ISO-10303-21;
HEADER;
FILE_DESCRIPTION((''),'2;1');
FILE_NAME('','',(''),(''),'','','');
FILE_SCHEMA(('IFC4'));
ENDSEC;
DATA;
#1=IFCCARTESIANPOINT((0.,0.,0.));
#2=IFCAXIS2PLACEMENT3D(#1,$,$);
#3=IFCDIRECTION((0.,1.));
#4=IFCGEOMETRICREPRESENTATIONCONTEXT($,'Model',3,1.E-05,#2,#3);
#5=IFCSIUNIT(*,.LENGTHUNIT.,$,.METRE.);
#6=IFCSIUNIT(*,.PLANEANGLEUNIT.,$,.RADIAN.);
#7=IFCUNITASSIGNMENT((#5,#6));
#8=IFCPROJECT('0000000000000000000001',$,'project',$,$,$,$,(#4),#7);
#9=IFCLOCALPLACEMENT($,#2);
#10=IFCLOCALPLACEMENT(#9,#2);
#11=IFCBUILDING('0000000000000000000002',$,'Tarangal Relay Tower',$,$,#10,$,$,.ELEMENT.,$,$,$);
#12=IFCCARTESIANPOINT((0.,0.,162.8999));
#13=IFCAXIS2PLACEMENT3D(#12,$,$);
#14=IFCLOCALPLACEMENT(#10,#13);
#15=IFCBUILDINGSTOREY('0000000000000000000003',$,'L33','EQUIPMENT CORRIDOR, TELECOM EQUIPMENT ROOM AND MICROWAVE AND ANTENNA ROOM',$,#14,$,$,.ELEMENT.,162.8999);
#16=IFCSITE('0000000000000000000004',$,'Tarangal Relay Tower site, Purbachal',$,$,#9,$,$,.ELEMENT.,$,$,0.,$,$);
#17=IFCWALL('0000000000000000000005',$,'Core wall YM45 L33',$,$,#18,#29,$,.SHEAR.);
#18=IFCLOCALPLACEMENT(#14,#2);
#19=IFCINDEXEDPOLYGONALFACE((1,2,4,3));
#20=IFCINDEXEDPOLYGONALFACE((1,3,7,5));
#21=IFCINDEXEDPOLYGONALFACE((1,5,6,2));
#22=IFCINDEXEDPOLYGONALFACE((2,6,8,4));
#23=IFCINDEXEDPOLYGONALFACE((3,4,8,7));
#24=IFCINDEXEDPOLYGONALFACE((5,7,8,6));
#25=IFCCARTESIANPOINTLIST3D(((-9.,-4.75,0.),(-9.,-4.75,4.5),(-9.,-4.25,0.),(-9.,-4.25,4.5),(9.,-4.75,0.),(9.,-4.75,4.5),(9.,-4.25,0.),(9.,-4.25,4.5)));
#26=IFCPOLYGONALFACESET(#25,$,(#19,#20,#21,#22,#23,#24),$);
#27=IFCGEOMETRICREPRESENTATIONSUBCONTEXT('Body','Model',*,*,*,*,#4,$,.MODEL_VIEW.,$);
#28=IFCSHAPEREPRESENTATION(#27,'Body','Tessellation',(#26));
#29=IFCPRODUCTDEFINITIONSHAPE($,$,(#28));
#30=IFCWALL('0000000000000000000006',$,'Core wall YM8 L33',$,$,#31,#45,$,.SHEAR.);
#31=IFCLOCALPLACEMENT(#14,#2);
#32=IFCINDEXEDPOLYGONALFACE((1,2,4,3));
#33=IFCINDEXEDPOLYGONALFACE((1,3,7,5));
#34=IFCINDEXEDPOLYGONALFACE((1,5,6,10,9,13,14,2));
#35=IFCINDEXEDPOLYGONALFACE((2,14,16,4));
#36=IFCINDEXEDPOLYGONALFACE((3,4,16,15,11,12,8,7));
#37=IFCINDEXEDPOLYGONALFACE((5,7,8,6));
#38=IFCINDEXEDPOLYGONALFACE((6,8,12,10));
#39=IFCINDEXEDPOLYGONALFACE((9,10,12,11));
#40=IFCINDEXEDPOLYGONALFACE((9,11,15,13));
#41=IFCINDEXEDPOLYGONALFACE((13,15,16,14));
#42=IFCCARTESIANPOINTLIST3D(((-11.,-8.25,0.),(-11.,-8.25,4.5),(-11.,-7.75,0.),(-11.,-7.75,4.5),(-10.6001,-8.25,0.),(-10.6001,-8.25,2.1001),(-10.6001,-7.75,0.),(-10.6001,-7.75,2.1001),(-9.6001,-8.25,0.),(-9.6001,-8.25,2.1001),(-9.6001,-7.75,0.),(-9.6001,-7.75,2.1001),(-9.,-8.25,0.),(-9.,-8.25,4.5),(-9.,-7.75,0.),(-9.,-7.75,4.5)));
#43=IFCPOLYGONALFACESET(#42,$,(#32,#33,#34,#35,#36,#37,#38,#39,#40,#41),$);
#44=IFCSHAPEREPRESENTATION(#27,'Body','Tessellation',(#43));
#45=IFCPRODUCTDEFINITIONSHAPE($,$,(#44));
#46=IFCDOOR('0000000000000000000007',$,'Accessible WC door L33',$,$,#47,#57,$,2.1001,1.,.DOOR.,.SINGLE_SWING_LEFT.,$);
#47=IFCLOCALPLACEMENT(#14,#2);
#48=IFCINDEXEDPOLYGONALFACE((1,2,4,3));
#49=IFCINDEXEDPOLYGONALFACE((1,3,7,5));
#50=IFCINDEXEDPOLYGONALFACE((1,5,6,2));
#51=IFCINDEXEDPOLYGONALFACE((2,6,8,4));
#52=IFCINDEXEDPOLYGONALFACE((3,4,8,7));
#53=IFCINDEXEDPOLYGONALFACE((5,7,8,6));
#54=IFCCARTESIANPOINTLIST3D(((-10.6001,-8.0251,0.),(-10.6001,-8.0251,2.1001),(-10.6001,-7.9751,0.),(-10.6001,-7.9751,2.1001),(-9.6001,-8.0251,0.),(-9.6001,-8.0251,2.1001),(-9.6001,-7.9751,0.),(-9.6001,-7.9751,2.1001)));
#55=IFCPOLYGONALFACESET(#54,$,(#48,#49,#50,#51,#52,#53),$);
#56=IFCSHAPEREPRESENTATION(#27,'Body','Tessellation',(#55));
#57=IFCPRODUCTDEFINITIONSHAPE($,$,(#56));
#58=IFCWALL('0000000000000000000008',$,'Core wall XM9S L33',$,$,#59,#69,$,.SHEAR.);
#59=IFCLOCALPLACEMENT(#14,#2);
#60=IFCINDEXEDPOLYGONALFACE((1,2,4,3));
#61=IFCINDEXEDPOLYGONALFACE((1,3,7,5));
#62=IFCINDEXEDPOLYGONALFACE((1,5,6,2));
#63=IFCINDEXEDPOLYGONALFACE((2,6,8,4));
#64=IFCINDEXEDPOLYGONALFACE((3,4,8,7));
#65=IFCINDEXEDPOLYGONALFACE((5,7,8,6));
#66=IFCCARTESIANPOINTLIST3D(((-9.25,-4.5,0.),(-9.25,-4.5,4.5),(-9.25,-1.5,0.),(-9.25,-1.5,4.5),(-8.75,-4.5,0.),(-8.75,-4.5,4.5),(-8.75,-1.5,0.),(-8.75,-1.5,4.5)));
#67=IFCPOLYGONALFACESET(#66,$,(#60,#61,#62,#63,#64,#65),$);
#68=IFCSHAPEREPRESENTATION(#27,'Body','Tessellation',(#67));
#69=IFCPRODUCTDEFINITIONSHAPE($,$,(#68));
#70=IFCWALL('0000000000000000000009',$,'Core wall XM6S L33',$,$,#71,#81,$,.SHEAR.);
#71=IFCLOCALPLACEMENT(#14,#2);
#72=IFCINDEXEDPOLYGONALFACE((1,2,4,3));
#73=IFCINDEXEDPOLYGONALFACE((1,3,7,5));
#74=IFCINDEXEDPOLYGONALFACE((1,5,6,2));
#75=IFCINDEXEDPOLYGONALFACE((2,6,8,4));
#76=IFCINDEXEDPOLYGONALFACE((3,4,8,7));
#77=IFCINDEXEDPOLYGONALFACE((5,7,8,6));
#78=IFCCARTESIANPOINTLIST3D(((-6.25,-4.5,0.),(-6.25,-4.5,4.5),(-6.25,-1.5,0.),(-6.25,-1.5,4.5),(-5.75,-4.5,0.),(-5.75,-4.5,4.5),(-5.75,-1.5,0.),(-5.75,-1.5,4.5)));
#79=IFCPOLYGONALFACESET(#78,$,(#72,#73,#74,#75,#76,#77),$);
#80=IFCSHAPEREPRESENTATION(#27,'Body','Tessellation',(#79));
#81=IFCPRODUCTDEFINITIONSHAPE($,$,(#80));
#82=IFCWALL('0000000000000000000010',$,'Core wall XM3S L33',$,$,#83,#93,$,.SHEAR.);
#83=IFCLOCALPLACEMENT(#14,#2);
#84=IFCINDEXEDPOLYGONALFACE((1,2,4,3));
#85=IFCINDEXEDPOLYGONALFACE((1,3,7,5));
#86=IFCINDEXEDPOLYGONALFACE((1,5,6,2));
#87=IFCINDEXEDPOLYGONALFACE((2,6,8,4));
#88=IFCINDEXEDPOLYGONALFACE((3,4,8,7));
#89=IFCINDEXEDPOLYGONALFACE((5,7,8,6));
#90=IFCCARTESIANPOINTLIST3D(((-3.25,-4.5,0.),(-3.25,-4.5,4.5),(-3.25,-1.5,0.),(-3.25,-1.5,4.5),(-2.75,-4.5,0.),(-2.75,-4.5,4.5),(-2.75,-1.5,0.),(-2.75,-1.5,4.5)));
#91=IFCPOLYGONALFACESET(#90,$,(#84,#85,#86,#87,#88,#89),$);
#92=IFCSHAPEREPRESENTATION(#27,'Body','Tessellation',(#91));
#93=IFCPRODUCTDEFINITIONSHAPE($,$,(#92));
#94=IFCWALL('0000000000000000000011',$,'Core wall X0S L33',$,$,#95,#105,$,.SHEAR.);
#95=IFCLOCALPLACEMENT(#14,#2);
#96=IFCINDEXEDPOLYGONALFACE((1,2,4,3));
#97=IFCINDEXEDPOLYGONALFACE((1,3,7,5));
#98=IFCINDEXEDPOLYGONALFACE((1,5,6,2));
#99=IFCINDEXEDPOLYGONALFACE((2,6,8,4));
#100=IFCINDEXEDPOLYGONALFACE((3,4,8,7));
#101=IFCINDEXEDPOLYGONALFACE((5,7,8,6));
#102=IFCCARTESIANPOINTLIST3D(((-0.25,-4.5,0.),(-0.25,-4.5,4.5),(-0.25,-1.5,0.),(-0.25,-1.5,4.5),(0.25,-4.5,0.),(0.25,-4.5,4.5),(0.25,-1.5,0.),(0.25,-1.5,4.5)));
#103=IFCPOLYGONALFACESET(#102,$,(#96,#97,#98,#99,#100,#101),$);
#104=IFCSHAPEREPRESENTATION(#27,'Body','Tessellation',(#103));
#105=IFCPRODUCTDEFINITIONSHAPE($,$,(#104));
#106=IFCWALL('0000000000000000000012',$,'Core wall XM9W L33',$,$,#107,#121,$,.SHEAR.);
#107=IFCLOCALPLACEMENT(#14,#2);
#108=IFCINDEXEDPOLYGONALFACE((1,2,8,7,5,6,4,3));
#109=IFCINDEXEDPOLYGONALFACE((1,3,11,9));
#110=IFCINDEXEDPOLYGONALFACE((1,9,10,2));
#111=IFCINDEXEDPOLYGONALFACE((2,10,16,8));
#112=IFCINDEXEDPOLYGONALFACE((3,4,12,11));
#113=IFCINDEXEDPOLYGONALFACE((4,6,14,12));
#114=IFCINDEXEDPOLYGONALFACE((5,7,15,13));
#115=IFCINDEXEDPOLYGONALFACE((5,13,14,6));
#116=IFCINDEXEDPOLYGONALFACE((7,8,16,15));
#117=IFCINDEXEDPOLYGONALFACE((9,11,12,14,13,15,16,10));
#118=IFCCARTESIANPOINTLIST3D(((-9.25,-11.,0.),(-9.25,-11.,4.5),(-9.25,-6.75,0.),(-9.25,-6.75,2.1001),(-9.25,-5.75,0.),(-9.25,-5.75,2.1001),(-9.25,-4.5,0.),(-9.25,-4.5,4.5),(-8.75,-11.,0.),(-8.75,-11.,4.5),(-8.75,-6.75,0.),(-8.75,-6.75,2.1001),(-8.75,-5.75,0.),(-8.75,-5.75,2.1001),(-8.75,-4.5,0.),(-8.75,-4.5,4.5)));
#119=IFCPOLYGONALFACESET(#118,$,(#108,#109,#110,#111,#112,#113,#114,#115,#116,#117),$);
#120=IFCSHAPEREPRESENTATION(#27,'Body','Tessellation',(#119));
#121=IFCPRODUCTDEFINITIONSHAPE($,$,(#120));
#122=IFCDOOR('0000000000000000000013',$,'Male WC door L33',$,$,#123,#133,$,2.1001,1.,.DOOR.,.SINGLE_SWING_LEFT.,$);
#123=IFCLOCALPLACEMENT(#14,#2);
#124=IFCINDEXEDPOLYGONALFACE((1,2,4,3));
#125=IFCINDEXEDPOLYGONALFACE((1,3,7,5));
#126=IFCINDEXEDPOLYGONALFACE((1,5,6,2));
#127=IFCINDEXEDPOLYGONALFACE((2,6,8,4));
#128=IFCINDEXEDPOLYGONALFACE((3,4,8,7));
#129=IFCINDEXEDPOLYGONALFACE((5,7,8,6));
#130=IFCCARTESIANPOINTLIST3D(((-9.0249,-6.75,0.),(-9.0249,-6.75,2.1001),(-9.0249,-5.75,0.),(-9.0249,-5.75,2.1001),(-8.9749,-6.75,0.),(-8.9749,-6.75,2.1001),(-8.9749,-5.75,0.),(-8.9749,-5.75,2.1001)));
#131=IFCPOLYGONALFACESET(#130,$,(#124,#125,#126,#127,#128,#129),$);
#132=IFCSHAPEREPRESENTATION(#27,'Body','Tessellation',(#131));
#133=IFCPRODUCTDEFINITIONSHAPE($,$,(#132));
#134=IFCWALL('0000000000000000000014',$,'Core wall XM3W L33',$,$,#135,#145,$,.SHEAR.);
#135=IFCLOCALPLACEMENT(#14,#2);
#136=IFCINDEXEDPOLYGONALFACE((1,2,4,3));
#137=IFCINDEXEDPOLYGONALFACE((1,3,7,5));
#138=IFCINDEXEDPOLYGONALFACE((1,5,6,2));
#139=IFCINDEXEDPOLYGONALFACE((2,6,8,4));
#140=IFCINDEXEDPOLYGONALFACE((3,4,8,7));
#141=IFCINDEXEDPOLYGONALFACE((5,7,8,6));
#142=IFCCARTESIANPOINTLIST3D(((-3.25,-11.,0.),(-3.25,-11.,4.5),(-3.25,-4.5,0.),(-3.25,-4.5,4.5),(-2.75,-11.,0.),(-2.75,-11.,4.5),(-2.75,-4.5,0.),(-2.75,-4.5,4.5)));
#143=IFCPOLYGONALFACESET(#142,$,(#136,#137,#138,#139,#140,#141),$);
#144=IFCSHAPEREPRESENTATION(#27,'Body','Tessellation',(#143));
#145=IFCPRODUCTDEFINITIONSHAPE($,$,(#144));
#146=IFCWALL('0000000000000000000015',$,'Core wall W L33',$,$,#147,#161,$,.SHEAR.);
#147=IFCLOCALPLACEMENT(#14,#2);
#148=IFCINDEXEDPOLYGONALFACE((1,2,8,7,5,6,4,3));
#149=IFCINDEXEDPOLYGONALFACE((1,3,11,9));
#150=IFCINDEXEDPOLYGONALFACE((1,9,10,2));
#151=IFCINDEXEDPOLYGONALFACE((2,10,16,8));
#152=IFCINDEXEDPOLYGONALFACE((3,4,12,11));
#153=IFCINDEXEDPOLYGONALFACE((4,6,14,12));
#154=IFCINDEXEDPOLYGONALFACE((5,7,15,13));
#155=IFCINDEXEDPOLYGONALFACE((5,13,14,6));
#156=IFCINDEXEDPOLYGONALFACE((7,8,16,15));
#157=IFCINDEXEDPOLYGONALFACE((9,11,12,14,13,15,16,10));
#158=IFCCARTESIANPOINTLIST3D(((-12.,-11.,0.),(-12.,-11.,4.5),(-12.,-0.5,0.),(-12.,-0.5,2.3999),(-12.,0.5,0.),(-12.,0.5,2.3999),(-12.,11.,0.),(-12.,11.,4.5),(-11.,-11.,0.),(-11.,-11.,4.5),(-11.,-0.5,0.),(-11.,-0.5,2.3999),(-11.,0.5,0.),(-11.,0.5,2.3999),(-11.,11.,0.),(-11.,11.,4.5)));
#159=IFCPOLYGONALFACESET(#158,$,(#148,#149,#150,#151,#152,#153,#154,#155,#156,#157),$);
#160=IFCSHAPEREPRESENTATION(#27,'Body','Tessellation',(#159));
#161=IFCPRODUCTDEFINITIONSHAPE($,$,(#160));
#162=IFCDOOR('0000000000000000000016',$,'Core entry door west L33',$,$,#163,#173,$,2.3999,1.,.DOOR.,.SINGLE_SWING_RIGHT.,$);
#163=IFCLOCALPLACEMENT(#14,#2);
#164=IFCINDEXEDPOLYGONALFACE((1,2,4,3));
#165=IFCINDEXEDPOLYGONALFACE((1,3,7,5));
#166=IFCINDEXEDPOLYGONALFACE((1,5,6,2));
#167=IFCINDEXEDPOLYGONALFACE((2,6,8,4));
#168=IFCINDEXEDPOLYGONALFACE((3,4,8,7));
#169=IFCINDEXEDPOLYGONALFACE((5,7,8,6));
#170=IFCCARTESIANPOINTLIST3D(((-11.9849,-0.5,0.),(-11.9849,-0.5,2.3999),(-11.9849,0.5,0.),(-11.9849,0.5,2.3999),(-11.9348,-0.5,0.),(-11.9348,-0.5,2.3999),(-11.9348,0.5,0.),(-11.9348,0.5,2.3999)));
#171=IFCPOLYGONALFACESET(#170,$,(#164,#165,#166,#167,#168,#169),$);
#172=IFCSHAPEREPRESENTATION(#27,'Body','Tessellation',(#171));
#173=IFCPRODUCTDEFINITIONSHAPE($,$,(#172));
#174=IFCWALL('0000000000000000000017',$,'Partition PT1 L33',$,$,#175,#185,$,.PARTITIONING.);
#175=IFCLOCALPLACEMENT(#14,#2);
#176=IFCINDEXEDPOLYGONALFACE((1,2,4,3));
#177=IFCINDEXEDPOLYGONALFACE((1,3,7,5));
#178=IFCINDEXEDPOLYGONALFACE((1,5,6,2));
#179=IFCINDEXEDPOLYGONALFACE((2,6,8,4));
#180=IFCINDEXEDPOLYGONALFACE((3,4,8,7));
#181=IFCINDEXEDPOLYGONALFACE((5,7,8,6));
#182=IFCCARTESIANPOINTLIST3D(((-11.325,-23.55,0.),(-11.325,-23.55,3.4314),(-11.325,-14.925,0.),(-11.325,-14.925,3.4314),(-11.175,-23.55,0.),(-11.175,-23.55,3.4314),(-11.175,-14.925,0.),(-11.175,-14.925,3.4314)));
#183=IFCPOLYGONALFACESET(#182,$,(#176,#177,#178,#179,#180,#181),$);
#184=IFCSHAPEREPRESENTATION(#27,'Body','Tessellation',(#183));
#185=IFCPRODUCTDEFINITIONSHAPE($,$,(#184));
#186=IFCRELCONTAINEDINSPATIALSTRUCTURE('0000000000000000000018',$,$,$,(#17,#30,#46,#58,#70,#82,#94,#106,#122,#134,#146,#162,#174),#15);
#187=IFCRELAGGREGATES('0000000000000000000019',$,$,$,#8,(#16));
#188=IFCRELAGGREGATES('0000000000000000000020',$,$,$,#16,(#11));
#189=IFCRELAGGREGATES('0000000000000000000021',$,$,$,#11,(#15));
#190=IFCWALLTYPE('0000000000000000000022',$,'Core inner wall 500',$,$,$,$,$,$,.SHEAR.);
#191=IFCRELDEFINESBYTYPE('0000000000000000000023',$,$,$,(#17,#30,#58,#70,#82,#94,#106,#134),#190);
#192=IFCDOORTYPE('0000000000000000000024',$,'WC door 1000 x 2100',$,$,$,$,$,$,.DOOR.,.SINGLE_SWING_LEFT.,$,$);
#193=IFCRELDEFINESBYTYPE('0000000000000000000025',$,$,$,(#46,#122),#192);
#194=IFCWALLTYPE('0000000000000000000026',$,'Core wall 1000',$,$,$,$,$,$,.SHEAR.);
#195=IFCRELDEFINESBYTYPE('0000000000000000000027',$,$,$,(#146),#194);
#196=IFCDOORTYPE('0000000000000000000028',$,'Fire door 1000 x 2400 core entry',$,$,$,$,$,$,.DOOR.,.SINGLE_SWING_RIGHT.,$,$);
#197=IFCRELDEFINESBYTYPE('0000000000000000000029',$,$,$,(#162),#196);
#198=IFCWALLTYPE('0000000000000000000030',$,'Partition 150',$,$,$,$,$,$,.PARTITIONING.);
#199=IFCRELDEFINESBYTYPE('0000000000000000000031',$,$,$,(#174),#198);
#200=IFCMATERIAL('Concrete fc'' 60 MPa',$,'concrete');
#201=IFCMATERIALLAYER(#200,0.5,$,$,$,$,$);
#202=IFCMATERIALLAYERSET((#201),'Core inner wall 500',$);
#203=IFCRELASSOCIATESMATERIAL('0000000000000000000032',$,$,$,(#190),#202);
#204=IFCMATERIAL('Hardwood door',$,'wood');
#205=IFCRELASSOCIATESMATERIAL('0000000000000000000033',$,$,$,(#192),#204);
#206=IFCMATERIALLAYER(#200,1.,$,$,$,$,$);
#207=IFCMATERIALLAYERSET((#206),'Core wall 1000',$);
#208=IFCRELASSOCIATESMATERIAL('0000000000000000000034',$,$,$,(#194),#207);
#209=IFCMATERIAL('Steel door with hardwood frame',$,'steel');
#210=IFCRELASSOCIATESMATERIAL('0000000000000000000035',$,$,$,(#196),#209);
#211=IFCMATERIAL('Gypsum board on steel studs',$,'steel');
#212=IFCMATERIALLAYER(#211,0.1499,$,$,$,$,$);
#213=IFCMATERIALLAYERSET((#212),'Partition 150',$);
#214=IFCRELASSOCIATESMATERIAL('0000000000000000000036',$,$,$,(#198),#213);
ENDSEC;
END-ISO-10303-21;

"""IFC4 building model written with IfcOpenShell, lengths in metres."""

from ifc_helpers import new_model, si_unit, direction, frame, frame_2d, origin, place, context, subcontext, project, spatial, rectangle, extrude, material, layer, layer_set, type_object, element, fill, save


model = new_model("IFC4")

# Units and contexts
model_context = context("Model", 3, precision=1e-05, world=origin(), true_north=direction((0.0, 1.0)))
body_context = subcontext(model_context, "Body", "Model", "MODEL_VIEW")
ifc_project = project(units=[si_unit("LENGTHUNIT", "METRE"), si_unit("PLANEANGLEUNIT", "RADIAN")], contexts=[model_context])

# Site, building, storey
site_placement = place(None, origin())
site = spatial("IfcSite", under=ifc_project, at=site_placement, Name="Tarangal Relay Tower site, Purbachal", CompositionType="ELEMENT", RefElevation=0.0)
building_placement = place(site_placement, origin())
building = spatial("IfcBuilding", under=site, at=building_placement, Name="Tarangal Relay Tower", CompositionType="ELEMENT")
storey_placement = place(building_placement, frame((0.0, 0.0, 162.8999)))
storey = spatial("IfcBuildingStorey", under=building, at=storey_placement, Name="L33", Description="EQUIPMENT CORRIDOR, TELECOM EQUIPMENT ROOM AND MICROWAVE AND ANTENNA ROOM", CompositionType="ELEMENT", Elevation=162.8999)

# Wall
ifc_material_1 = material(Name="Concrete fc' 60 MPa", Category="concrete")
ifc_layer_1 = layer(ifc_material_1, 0.5)
ifc_layer_set_1 = layer_set([ifc_layer_1], Name="Core inner wall 500")
wall_type_1 = type_object("IfcWallType", Name="Core inner wall 500", PredefinedType="SHEAR", material=ifc_layer_set_1)
for number, where, z_axis, x_axis, name in (
    (1, (-9.0, -4.5, 0.0), (0.0, 0.0, 1.0), (1.0, 0.0, 0.0), "Core wall YM45 L33"),
):
    element("IfcWall", number, at=place(storey_placement, frame(where, z_axis=z_axis, x_axis=x_axis)), inside=storey, type_object=wall_type_1, Name=name, PredefinedType="SHEAR", context=body_context, shape_type="SweptSolid", body=[
        extrude(rectangle(XDim=18.0, YDim=0.5, at=frame_2d((9.0, 0.0))), origin(), (0.0, 0.0, 1.0), 4.5),
    ])

# Wall, opening, door
wall_1_placement = place(storey_placement, frame((-11.0, -8.0, 0.0), z_axis=(0.0, 0.0, 1.0), x_axis=(1.0, 0.0, 0.0)))
wall_1 = element("IfcWall", 2, at=wall_1_placement, inside=storey, type_object=wall_type_1, Name="Core wall YM8 L33", PredefinedType="SHEAR", context=body_context, shape_type="SweptSolid", body=[
    extrude(rectangle(XDim=2.0, YDim=0.5, at=frame_2d((1.0, 0.0))), origin(), (0.0, 0.0, 1.0), 4.5),
])
opening_1_placement = place(wall_1_placement, frame((0.3999, 0.0, 0.0)))
opening_1 = element("IfcOpeningElement", 3, at=opening_1_placement, cuts=wall_1, PredefinedType="OPENING", context=body_context, shape_type="SweptSolid", body=[
    extrude(rectangle(XDim=1.0, YDim=2.1001, at=frame_2d((0.5, 1.05))), frame((0.0, 0.26, 0.0), z_axis=(0.0, -1.0, 0.0), x_axis=(1.0, 0.0, 0.0)), (0.0, 0.0, 1.0), 0.52),
])
ifc_material_2 = material(Name="Hardwood door", Category="wood")
door_type_1 = type_object("IfcDoorType", Name="WC door 1000 x 2100", OperationType="SINGLE_SWING_LEFT", PredefinedType="DOOR", material=ifc_material_2)
door_1_placement = place(opening_1_placement, origin())
door_1 = element("IfcDoor", 4, at=door_1_placement, inside=storey, type_object=door_type_1, Name="Accessible WC door L33", OperationType="SINGLE_SWING_LEFT", OverallHeight=2.1001, OverallWidth=1.0, PredefinedType="DOOR", context=body_context, shape_type="SweptSolid", body=[
    extrude(rectangle(XDim=1.0, YDim=2.1001, at=frame_2d((0.5, 1.05))), frame((0.0, 0.0249, 0.0), z_axis=(0.0, -1.0, 0.0), x_axis=(1.0, 0.0, 0.0)), (0.0, 0.0, 1.0), 0.05),
])
fill(opening_1, door_1)

# Walls
for number, where, z_axis, x_axis, name in (
    (5, (-9.0, -4.5, 0.0), (0.0, 0.0, 1.0), (0.0, 1.0, 0.0), "Core wall XM9S L33"),
    (6, (-6.0, -4.5, 0.0), (0.0, 0.0, 1.0), (0.0, 1.0, 0.0), "Core wall XM6S L33"),
    (7, (-3.0, -4.5, 0.0), (0.0, 0.0, 1.0), (0.0, 1.0, 0.0), "Core wall XM3S L33"),
    (8, (0.0, -4.5, 0.0), (0.0, 0.0, 1.0), (0.0, 1.0, 0.0), "Core wall X0S L33"),
):
    element("IfcWall", number, at=place(storey_placement, frame(where, z_axis=z_axis, x_axis=x_axis)), inside=storey, type_object=wall_type_1, Name=name, PredefinedType="SHEAR", context=body_context, shape_type="SweptSolid", body=[
        extrude(rectangle(XDim=3.0, YDim=0.5, at=frame_2d((1.5, 0.0))), origin(), (0.0, 0.0, 1.0), 4.5),
    ])

# Wall, opening, door
wall_2_placement = place(storey_placement, frame((-9.0, -11.0, 0.0), z_axis=(0.0, 0.0, 1.0), x_axis=(0.0, 1.0, 0.0)))
wall_2 = element("IfcWall", 9, at=wall_2_placement, inside=storey, type_object=wall_type_1, Name="Core wall XM9W L33", PredefinedType="SHEAR", context=body_context, shape_type="SweptSolid", body=[
    extrude(rectangle(XDim=6.5, YDim=0.5, at=frame_2d((3.25, 0.0))), origin(), (0.0, 0.0, 1.0), 4.5),
])
opening_2_placement = place(wall_2_placement, frame((4.25, 0.0, 0.0)))
opening_2 = element("IfcOpeningElement", 10, at=opening_2_placement, cuts=wall_2, PredefinedType="OPENING", context=body_context, shape_type="SweptSolid", body=[
    extrude(rectangle(XDim=1.0, YDim=2.1001, at=frame_2d((0.5, 1.05))), frame((0.0, 0.26, 0.0), z_axis=(0.0, -1.0, 0.0), x_axis=(1.0, 0.0, 0.0)), (0.0, 0.0, 1.0), 0.52),
])
door_2_placement = place(opening_2_placement, origin())
door_2 = element("IfcDoor", 11, at=door_2_placement, inside=storey, type_object=door_type_1, Name="Male WC door L33", OperationType="SINGLE_SWING_LEFT", OverallHeight=2.1001, OverallWidth=1.0, PredefinedType="DOOR", context=body_context, shape_type="SweptSolid", body=[
    extrude(rectangle(XDim=1.0, YDim=2.1001, at=frame_2d((0.5, 1.05))), frame((0.0, 0.0249, 0.0), z_axis=(0.0, -1.0, 0.0), x_axis=(1.0, 0.0, 0.0)), (0.0, 0.0, 1.0), 0.05),
])
fill(opening_2, door_2)

# Wall
wall_3_placement = place(storey_placement, frame((-3.0, -11.0, 0.0), z_axis=(0.0, 0.0, 1.0), x_axis=(0.0, 1.0, 0.0)))
element("IfcWall", 12, at=wall_3_placement, inside=storey, type_object=wall_type_1, Name="Core wall XM3W L33", PredefinedType="SHEAR", context=body_context, shape_type="SweptSolid", body=[
    extrude(rectangle(XDim=6.5, YDim=0.5, at=frame_2d((3.25, 0.0))), origin(), (0.0, 0.0, 1.0), 4.5),
])

# Wall, opening, door
ifc_layer_2 = layer(ifc_material_1, 1.0)
ifc_layer_set_2 = layer_set([ifc_layer_2], Name="Core wall 1000")
wall_type_2 = type_object("IfcWallType", Name="Core wall 1000", PredefinedType="SHEAR", material=ifc_layer_set_2)
wall_4_placement = place(storey_placement, frame((-11.5, -11.0, 0.0), z_axis=(0.0, 0.0, 1.0), x_axis=(0.0, 1.0, 0.0)))
wall_4 = element("IfcWall", 13, at=wall_4_placement, inside=storey, type_object=wall_type_2, Name="Core wall W L33", PredefinedType="SHEAR", context=body_context, shape_type="SweptSolid", body=[
    extrude(rectangle(XDim=22.0, YDim=1.0, at=frame_2d((11.0, 0.0))), origin(), (0.0, 0.0, 1.0), 4.5),
])
opening_3_placement = place(wall_4_placement, frame((10.5, 0.0, 0.0)))
opening_3 = element("IfcOpeningElement", 14, at=opening_3_placement, cuts=wall_4, PredefinedType="OPENING", context=body_context, shape_type="SweptSolid", body=[
    extrude(rectangle(XDim=1.0, YDim=2.3999, at=frame_2d((0.5, 1.2))), frame((0.0, 0.51, 0.0), z_axis=(0.0, -1.0, 0.0), x_axis=(1.0, 0.0, 0.0)), (0.0, 0.0, 1.0), 1.02),
])
ifc_material_3 = material(Name="Steel door with hardwood frame", Category="steel")
door_type_2 = type_object("IfcDoorType", Name="Fire door 1000 x 2400 core entry", OperationType="SINGLE_SWING_RIGHT", PredefinedType="DOOR", material=ifc_material_3)
door_3_placement = place(opening_3_placement, origin())
door_3 = element("IfcDoor", 15, at=door_3_placement, inside=storey, type_object=door_type_2, Name="Core entry door west L33", OperationType="SINGLE_SWING_RIGHT", OverallHeight=2.3999, OverallWidth=1.0, PredefinedType="DOOR", context=body_context, shape_type="SweptSolid", body=[
    extrude(rectangle(XDim=1.0, YDim=2.3999, at=frame_2d((0.5, 1.2))), frame((0.0, 0.4849, 0.0), z_axis=(0.0, -1.0, 0.0), x_axis=(1.0, 0.0, 0.0)), (0.0, 0.0, 1.0), 0.05),
])
fill(opening_3, door_3)

# Wall
ifc_material_4 = material(Name="Gypsum board on steel studs", Category="steel")
ifc_layer_3 = layer(ifc_material_4, 0.1499)
ifc_layer_set_3 = layer_set([ifc_layer_3], Name="Partition 150")
wall_type_3 = type_object("IfcWallType", Name="Partition 150", PredefinedType="PARTITIONING", material=ifc_layer_set_3)
for number, where, z_axis, x_axis, name in (
    (16, (-11.25, -23.55, 0.0), (0.0, 0.0, 1.0), (0.0, 1.0, 0.0), "Partition PT1 L33"),
):
    element("IfcWall", number, at=place(storey_placement, frame(where, z_axis=z_axis, x_axis=x_axis)), inside=storey, type_object=wall_type_3, Name=name, PredefinedType="PARTITIONING", context=body_context, shape_type="SweptSolid", body=[
        extrude(rectangle(XDim=8.625, YDim=0.1499, at=frame_2d((4.3125, 0.0))), origin(), (0.0, 0.0, 1.0), 3.4314),
    ])

save(model, "model.ifc")
